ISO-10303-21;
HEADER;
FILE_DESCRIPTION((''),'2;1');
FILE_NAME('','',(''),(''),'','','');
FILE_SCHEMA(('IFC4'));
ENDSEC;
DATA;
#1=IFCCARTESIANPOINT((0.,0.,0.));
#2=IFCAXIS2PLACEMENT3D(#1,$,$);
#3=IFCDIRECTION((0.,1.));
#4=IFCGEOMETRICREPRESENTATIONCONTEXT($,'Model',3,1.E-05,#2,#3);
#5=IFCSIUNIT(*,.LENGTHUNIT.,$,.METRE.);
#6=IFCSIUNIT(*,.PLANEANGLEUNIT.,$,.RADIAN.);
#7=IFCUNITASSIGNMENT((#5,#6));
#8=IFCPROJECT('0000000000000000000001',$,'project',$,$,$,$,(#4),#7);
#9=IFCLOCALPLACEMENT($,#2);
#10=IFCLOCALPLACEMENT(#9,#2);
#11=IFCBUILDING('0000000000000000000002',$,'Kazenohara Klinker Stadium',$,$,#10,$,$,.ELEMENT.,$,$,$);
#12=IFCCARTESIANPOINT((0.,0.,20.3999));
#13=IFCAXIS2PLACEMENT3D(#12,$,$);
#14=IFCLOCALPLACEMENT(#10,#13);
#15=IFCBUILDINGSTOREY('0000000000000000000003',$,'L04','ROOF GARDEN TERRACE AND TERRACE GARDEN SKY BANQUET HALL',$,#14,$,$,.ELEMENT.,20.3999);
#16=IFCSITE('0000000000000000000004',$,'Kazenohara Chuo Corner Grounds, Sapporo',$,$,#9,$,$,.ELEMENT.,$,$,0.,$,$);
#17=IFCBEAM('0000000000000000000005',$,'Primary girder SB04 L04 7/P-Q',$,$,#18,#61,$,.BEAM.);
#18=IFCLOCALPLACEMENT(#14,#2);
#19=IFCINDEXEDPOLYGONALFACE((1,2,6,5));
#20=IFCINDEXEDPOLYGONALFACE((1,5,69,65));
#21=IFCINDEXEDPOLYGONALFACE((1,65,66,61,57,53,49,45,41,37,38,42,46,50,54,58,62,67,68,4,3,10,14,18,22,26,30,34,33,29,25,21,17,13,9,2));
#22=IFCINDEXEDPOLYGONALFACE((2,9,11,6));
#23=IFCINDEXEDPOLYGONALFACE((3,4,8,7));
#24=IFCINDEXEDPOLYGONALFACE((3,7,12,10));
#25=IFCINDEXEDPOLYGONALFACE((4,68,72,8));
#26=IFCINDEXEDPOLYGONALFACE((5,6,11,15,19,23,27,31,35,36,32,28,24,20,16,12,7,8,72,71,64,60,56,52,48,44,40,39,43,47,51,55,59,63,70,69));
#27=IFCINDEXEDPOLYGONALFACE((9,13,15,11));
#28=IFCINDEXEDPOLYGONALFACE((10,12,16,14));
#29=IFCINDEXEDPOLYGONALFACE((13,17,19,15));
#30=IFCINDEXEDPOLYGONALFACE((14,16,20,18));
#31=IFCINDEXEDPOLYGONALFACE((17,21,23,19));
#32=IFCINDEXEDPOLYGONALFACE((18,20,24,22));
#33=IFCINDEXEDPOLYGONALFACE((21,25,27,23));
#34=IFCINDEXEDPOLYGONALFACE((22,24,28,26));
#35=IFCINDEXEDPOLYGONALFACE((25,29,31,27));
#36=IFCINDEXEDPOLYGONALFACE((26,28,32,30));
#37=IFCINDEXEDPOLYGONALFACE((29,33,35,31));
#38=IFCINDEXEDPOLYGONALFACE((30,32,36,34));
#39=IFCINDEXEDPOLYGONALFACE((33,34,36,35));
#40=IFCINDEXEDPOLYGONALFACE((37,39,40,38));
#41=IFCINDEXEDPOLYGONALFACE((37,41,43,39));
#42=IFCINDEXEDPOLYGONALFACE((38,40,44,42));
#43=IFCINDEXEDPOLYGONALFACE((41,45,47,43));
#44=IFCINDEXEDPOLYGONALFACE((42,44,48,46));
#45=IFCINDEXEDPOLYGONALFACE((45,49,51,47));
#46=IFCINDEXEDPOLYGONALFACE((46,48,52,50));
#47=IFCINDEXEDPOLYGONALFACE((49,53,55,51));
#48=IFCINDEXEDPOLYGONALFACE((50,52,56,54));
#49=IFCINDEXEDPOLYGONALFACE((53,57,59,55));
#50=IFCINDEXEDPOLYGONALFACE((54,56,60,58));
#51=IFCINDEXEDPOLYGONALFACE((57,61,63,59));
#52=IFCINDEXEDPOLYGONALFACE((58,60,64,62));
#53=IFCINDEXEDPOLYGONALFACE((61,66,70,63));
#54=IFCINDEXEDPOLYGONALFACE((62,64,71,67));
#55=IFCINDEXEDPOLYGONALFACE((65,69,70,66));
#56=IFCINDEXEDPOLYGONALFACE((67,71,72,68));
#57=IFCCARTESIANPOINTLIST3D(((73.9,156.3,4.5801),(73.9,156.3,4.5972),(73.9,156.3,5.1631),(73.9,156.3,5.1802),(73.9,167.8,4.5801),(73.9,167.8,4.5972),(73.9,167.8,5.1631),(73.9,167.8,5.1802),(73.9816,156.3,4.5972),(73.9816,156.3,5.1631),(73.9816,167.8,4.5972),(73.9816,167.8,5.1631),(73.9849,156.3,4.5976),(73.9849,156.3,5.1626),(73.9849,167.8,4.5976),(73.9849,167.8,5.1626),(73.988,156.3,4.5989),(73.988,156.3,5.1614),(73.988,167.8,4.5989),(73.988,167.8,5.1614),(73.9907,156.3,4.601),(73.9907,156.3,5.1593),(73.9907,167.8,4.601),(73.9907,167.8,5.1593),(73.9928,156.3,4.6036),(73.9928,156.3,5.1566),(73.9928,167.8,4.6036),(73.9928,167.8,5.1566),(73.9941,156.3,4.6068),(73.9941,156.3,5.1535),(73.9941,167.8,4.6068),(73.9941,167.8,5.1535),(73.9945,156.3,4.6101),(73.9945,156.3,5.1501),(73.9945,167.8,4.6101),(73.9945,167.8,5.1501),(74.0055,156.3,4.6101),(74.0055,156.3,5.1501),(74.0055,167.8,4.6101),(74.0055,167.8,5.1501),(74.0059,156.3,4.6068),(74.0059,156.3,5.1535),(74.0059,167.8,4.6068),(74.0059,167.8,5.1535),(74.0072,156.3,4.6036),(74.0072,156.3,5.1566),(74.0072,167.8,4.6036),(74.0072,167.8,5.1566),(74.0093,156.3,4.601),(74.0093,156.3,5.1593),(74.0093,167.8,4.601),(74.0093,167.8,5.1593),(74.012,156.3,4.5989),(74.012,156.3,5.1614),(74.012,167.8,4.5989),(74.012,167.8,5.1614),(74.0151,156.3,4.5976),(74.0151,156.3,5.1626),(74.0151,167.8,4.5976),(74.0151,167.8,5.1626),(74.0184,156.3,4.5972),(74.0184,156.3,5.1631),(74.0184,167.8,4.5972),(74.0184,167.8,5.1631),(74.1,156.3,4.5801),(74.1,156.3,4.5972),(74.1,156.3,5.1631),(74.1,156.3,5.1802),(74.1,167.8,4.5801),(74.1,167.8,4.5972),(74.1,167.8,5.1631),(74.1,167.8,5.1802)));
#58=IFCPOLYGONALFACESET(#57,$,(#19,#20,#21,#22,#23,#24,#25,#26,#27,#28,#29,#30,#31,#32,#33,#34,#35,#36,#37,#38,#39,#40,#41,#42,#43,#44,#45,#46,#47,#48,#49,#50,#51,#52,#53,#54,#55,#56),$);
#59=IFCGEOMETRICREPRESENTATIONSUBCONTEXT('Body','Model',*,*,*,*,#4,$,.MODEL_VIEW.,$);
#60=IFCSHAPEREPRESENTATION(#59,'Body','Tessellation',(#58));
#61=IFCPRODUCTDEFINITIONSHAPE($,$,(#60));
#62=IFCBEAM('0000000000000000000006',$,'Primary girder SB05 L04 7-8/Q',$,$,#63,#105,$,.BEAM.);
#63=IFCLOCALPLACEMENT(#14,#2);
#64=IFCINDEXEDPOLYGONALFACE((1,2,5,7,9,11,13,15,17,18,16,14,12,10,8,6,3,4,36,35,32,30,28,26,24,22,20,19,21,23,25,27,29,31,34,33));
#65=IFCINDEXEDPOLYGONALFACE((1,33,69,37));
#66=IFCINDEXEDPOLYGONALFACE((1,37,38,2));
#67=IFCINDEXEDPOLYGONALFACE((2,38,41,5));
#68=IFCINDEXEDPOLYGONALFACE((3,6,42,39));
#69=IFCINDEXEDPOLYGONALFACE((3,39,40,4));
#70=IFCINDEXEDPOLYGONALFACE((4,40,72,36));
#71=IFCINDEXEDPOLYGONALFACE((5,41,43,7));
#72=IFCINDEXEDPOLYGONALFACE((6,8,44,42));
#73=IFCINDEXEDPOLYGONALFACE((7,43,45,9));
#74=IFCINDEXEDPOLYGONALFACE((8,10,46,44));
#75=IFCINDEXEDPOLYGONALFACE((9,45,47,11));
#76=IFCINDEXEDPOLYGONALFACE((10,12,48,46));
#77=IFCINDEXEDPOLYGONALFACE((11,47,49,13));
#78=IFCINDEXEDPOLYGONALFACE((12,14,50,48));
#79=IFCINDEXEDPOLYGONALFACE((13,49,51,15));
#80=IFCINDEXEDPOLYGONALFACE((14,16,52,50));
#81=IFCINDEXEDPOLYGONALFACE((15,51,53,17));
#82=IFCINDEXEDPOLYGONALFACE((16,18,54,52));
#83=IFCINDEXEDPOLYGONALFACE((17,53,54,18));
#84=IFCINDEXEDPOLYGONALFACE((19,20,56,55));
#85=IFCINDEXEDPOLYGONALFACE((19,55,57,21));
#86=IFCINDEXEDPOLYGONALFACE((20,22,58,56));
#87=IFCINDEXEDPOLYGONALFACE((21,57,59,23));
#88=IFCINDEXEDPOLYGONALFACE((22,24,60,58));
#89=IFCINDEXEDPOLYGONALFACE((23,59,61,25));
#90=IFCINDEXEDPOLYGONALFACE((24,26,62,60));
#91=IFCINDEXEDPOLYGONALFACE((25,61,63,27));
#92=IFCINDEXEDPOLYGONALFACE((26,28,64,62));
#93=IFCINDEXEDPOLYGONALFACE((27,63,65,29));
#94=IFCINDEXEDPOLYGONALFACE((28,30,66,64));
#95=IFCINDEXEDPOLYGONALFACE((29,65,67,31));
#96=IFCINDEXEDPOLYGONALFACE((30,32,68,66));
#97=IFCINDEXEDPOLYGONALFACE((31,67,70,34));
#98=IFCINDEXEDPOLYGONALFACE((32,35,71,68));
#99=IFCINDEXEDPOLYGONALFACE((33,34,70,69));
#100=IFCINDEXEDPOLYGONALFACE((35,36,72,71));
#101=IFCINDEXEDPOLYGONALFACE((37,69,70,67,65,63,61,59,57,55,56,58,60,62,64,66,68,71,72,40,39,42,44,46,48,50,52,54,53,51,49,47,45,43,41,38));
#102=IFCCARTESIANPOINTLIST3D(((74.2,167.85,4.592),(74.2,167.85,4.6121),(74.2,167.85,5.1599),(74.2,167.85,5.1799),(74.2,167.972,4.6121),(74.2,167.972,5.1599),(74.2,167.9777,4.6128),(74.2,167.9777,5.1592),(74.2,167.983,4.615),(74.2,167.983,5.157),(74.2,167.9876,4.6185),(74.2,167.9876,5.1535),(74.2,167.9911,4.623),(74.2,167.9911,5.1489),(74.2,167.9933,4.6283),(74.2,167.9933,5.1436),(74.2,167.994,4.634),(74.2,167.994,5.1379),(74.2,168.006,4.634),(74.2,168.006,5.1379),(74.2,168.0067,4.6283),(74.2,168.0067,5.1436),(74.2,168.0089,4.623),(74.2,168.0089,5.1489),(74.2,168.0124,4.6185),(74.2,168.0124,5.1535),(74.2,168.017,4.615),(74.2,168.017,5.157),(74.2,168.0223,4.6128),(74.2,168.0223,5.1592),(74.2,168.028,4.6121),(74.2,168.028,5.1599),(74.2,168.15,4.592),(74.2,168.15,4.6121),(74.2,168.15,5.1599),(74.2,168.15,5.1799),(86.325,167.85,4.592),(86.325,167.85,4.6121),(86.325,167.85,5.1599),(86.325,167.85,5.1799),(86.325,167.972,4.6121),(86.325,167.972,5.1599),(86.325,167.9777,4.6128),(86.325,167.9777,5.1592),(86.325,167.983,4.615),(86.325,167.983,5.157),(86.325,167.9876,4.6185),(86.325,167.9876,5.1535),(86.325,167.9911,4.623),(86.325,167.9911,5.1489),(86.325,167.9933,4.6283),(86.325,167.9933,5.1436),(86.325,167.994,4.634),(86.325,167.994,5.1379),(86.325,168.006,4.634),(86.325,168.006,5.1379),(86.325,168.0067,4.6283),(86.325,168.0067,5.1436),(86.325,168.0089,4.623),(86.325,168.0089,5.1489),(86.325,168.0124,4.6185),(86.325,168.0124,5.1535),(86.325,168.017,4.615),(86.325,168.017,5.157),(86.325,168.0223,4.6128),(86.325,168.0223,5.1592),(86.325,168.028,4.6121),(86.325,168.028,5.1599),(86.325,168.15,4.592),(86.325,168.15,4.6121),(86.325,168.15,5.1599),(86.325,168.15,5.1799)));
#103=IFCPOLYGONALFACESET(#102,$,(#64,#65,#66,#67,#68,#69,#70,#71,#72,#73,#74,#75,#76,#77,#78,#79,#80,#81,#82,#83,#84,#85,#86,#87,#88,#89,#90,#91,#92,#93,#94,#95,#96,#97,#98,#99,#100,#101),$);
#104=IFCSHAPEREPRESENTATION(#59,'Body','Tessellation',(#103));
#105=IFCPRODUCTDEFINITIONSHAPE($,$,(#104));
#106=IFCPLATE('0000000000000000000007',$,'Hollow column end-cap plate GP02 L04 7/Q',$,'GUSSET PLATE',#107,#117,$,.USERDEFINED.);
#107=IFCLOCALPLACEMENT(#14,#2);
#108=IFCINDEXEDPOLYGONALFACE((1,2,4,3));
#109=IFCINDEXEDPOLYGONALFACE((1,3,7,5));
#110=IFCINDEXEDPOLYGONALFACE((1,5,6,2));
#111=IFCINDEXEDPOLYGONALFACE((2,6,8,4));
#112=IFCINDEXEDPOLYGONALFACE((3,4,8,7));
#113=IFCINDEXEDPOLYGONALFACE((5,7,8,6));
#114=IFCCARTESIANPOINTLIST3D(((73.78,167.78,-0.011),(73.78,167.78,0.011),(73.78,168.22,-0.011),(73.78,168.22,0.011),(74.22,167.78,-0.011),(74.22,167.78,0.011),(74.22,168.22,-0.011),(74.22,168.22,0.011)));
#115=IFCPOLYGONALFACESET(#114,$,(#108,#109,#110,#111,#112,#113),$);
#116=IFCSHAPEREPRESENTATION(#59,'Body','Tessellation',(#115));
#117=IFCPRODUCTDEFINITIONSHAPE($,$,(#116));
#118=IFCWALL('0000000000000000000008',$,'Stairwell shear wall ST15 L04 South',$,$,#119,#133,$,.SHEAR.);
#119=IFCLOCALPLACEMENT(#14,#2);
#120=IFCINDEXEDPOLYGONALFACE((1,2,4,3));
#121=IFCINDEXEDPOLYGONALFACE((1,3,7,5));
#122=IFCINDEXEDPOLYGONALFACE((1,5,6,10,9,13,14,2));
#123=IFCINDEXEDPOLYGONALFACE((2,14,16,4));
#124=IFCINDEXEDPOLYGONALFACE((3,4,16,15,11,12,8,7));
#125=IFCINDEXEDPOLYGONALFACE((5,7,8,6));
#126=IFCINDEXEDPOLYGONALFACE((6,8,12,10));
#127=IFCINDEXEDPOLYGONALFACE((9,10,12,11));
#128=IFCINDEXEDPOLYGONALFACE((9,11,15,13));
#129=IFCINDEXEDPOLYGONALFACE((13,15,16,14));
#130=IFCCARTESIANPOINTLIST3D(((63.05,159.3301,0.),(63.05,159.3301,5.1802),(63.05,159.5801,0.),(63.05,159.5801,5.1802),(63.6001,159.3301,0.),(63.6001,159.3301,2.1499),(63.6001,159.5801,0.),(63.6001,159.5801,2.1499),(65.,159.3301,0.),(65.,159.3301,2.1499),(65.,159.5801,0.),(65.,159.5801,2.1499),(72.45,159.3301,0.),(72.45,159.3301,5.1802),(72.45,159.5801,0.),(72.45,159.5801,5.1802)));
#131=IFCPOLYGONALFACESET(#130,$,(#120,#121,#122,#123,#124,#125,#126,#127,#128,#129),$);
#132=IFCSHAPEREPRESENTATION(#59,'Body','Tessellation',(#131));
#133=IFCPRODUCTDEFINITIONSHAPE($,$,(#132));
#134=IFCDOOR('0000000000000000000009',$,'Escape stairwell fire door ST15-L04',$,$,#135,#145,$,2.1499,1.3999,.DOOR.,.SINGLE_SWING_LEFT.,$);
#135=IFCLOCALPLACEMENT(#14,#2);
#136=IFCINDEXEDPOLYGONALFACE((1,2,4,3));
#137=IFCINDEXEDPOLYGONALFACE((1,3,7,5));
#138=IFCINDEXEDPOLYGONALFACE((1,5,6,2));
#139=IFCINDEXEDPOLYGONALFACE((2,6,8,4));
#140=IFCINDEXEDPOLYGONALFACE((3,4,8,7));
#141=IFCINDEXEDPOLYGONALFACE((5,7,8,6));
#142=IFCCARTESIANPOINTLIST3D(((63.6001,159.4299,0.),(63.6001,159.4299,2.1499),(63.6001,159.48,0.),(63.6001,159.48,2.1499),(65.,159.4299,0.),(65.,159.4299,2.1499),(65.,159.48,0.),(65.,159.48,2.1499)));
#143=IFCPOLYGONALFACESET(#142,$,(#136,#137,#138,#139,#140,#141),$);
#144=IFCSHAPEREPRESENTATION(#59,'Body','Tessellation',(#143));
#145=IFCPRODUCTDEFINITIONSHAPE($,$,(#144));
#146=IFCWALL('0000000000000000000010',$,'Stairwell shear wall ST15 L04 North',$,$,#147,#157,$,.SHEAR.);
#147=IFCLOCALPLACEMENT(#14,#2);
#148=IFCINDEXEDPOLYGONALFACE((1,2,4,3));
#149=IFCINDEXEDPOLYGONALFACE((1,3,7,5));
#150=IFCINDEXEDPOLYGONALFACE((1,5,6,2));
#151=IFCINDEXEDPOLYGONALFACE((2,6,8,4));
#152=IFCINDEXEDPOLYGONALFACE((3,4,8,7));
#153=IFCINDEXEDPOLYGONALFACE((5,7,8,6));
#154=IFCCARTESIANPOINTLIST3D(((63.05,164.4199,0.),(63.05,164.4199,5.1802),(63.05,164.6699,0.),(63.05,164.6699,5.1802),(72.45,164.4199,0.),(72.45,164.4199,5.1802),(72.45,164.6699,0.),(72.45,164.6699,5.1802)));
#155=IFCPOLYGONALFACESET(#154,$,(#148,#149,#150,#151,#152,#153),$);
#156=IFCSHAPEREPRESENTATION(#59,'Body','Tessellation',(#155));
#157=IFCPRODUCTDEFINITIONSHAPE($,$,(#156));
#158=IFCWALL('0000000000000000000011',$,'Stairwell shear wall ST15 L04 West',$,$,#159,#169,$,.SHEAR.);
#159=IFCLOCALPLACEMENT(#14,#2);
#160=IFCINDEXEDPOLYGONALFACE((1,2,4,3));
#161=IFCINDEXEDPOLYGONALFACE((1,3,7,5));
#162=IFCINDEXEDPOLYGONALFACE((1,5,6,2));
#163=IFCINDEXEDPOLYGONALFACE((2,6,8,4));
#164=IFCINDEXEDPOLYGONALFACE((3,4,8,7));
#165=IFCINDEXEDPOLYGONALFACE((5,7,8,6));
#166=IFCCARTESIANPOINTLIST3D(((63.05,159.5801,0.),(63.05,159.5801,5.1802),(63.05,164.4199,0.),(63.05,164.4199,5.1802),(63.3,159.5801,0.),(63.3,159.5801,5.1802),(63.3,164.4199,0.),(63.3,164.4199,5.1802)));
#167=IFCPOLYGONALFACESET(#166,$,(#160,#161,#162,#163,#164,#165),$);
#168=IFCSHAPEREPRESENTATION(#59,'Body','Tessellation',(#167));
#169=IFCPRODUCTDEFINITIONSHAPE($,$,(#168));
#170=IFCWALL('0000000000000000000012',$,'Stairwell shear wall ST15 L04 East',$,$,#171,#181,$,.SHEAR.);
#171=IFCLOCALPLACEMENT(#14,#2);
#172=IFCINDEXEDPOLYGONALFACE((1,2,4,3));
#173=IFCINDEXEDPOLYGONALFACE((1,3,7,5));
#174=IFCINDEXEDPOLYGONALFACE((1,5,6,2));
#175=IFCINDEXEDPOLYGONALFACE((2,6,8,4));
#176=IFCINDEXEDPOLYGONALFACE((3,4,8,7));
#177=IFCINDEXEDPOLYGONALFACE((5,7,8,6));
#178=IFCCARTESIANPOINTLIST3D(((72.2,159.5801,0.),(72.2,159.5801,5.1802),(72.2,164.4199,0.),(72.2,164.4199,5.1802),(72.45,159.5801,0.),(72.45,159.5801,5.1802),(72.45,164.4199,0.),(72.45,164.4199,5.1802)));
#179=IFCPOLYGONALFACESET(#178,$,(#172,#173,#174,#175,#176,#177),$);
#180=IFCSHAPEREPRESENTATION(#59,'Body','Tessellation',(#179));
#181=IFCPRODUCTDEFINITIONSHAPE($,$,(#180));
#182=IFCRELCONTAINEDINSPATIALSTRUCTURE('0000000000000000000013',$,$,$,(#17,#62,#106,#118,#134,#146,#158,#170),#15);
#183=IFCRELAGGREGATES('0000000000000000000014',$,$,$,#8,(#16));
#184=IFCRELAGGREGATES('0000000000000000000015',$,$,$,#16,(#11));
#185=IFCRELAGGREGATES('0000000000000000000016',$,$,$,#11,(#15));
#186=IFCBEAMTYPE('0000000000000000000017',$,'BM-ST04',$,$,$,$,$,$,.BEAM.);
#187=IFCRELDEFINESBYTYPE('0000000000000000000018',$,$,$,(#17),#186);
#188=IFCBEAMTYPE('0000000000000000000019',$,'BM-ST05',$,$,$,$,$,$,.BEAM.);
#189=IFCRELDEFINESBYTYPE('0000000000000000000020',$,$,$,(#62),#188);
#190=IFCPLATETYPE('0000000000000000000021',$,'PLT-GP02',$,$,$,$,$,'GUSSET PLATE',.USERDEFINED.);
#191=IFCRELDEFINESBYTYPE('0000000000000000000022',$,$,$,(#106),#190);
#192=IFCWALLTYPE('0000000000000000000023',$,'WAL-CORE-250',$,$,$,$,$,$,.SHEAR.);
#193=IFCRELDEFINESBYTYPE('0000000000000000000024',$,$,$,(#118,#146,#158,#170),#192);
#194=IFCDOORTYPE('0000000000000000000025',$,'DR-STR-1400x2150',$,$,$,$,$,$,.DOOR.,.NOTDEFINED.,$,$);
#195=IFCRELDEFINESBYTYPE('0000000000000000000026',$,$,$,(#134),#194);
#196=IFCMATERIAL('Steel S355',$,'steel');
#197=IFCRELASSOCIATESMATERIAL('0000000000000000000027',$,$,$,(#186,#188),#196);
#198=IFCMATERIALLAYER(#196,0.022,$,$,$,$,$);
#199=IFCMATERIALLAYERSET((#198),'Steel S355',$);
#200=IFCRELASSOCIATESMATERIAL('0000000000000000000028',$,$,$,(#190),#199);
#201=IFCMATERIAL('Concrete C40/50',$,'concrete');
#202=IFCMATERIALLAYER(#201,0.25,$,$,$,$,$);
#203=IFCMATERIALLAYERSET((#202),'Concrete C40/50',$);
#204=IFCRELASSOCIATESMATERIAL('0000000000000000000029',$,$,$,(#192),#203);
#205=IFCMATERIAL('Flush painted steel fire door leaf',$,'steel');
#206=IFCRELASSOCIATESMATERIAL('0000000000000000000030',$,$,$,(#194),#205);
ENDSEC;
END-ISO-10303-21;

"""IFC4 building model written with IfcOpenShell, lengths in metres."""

from ifc_helpers import new_model, si_unit, direction, frame, frame_2d, origin, origin_2d, place, context, subcontext, project, spatial, rectangle, i_section, extrude, material, layer, layer_set, material_profile, profile_set, type_object, element, fill, save


model = new_model("IFC4")

# Units and contexts
model_context = context("Model", 3, precision=1e-05, world=origin(), true_north=direction((0.0, 1.0)))
body_context = subcontext(model_context, "Body", "Model", "MODEL_VIEW")
ifc_project = project(units=[si_unit("LENGTHUNIT", "METRE"), si_unit("PLANEANGLEUNIT", "RADIAN")], contexts=[model_context])

# Site, building, storey
site_placement = place(None, origin())
site = spatial("IfcSite", under=ifc_project, at=site_placement, Name="Kazenohara Chuo Corner Grounds, Sapporo", CompositionType="ELEMENT", RefElevation=0.0)
building_placement = place(site_placement, origin())
building = spatial("IfcBuilding", under=site, at=building_placement, Name="Kazenohara Klinker Stadium", CompositionType="ELEMENT")
storey_placement = place(building_placement, frame((0.0, 0.0, 20.3999)))
storey = spatial("IfcBuildingStorey", under=building, at=storey_placement, Name="L04", Description="ROOF GARDEN TERRACE AND TERRACE GARDEN SKY BANQUET HALL", CompositionType="ELEMENT", Elevation=20.3999)

# Shared definitions
ifc_material_1 = material(Name="Steel S355", Category="steel")
ifc_material_2 = material(Name="Concrete C40/50", Category="concrete")

# Beams
ifc_material_profile_1 = material_profile(ifc_material_1, i_section(OverallWidth=0.2, OverallDepth=0.6001, WebThickness=0.011, FlangeThickness=0.0171, FilletRadius=0.0129, at=origin_2d()), Name="H-600x200x11x17")
ifc_profile_set_1 = profile_set([ifc_material_profile_1], Name="Steel S355")
beam_type_1 = type_object("IfcBeamType", Name="BM-ST04", PredefinedType="BEAM", material=ifc_profile_set_1)
beam_1_placement = place(storey_placement, frame((74.0, 156.3, 4.8801), z_axis=(0.0, 1.0, 0.0), x_axis=(-1.0, 0.0, 0.0)))
element("IfcBeam", 1, at=beam_1_placement, inside=storey, type_object=beam_type_1, Name="Primary girder SB04 L04 7/P-Q", PredefinedType="BEAM", context=body_context, shape_type="SweptSolid", body=[
    extrude(i_section(OverallWidth=0.2, OverallDepth=0.6001, WebThickness=0.011, FlangeThickness=0.0171, FilletRadius=0.0129, at=origin_2d()), origin(), (0.0, 0.0, 1.0), 11.5),
])
ifc_material_profile_2 = material_profile(ifc_material_1, i_section(OverallWidth=0.3, OverallDepth=0.5879, WebThickness=0.012, FlangeThickness=0.02, FilletRadius=0.022, at=origin_2d()), Name="H-588x300x12x20")
ifc_profile_set_2 = profile_set([ifc_material_profile_2], Name="Steel S355")
beam_type_2 = type_object("IfcBeamType", Name="BM-ST05", PredefinedType="BEAM", material=ifc_profile_set_2)
beam_2_placement = place(storey_placement, frame((74.2, 168.0, 4.886), z_axis=(1.0, 0.0, 0.0), x_axis=(0.0, 1.0, 0.0)))
element("IfcBeam", 2, at=beam_2_placement, inside=storey, type_object=beam_type_2, Name="Primary girder SB05 L04 7-8/Q", PredefinedType="BEAM", context=body_context, shape_type="SweptSolid", body=[
    extrude(i_section(OverallWidth=0.3, OverallDepth=0.5879, WebThickness=0.012, FlangeThickness=0.02, FilletRadius=0.022, at=origin_2d()), origin(), (0.0, 0.0, 1.0), 12.125),
])

# Plate
ifc_layer_1 = layer(ifc_material_1, 0.022)
ifc_layer_set_1 = layer_set([ifc_layer_1], Name="Steel S355")
plate_type = type_object("IfcPlateType", Name="PLT-GP02", ElementType="GUSSET PLATE", PredefinedType="USERDEFINED", material=ifc_layer_set_1)
plate_placement = place(storey_placement, frame((74.0, 168.0, -0.011), z_axis=(0.0, 0.0, 1.0), x_axis=(1.0, 0.0, 0.0)))
element("IfcPlate", 3, at=plate_placement, inside=storey, type_object=plate_type, Name="Hollow column end-cap plate GP02 L04 7/Q", ObjectType="GUSSET PLATE", PredefinedType="USERDEFINED", context=body_context, shape_type="SweptSolid", body=[
    extrude(rectangle(XDim=0.4399, YDim=0.4399, at=origin_2d()), origin(), (0.0, 0.0, 1.0), 0.022),
])

# Wall, opening, door
ifc_layer_2 = layer(ifc_material_2, 0.25)
ifc_layer_set_2 = layer_set([ifc_layer_2], Name="Concrete C40/50")
wall_type_1 = type_object("IfcWallType", Name="WAL-CORE-250", PredefinedType="SHEAR", material=ifc_layer_set_2)
wall_1_placement = place(storey_placement, frame((63.05, 159.4551, 0.0), z_axis=(0.0, 0.0, 1.0), x_axis=(1.0, 0.0, 0.0)))
wall_1 = element("IfcWall", 4, at=wall_1_placement, inside=storey, type_object=wall_type_1, Name="Stairwell shear wall ST15 L04 South", PredefinedType="SHEAR", context=body_context, shape_type="SweptSolid", body=[
    extrude(rectangle(XDim=9.3999, YDim=0.25, at=frame_2d((4.7, 0.0))), origin(), (0.0, 0.0, 1.0), 5.1802),
])
opening_1_placement = place(wall_1_placement, frame((0.55, 0.0, 0.0)))
opening_1 = element("IfcOpeningElement", 5, at=opening_1_placement, cuts=wall_1, PredefinedType="OPENING", context=body_context, shape_type="SweptSolid", body=[
    extrude(rectangle(XDim=1.3999, YDim=2.1499, at=frame_2d((0.7, 1.075))), frame((0.0, 0.135, 0.0), z_axis=(0.0, -1.0, 0.0), x_axis=(1.0, 0.0, 0.0)), (0.0, 0.0, 1.0), 0.27),
])
ifc_material_3 = material(Name="Flush painted steel fire door leaf", Category="steel")
door_type_1 = type_object("IfcDoorType", Name="DR-STR-1400x2150", OperationType="NOTDEFINED", PredefinedType="DOOR", material=ifc_material_3)
door_1_placement = place(opening_1_placement, origin())
door_1 = element("IfcDoor", 6, at=door_1_placement, inside=storey, type_object=door_type_1, Name="Escape stairwell fire door ST15-L04", OperationType="SINGLE_SWING_LEFT", OverallHeight=2.1499, OverallWidth=1.3999, PredefinedType="DOOR", context=body_context, shape_type="SweptSolid", body=[
    extrude(rectangle(XDim=1.3999, YDim=2.1499, at=frame_2d((0.7, 1.075))), frame((0.0, 0.0249, 0.0), z_axis=(0.0, -1.0, 0.0), x_axis=(1.0, 0.0, 0.0)), (0.0, 0.0, 1.0), 0.05),
])
fill(opening_1, door_1)

# Walls
wall_2_placement = place(storey_placement, frame((63.05, 164.5449, 0.0), z_axis=(0.0, 0.0, 1.0), x_axis=(1.0, 0.0, 0.0)))
element("IfcWall", 7, at=wall_2_placement, inside=storey, type_object=wall_type_1, Name="Stairwell shear wall ST15 L04 North", PredefinedType="SHEAR", context=body_context, shape_type="SweptSolid", body=[
    extrude(rectangle(XDim=9.3999, YDim=0.25, at=frame_2d((4.7, 0.0))), origin(), (0.0, 0.0, 1.0), 5.1802),
])
for number, where, z_axis, x_axis, name in (
    (8, (63.175, 159.5801, 0.0), (0.0, 0.0, 1.0), (0.0, 1.0, 0.0), "Stairwell shear wall ST15 L04 West"),
    (9, (72.325, 159.5801, 0.0), (0.0, 0.0, 1.0), (0.0, 1.0, 0.0), "Stairwell shear wall ST15 L04 East"),
):
    element("IfcWall", number, at=place(storey_placement, frame(where, z_axis=z_axis, x_axis=x_axis)), inside=storey, type_object=wall_type_1, Name=name, PredefinedType="SHEAR", context=body_context, shape_type="SweptSolid", body=[
        extrude(rectangle(XDim=4.8398, YDim=0.25, at=frame_2d((2.4199, 0.0))), origin(), (0.0, 0.0, 1.0), 5.1802),
    ])

save(model, "model.ifc")
